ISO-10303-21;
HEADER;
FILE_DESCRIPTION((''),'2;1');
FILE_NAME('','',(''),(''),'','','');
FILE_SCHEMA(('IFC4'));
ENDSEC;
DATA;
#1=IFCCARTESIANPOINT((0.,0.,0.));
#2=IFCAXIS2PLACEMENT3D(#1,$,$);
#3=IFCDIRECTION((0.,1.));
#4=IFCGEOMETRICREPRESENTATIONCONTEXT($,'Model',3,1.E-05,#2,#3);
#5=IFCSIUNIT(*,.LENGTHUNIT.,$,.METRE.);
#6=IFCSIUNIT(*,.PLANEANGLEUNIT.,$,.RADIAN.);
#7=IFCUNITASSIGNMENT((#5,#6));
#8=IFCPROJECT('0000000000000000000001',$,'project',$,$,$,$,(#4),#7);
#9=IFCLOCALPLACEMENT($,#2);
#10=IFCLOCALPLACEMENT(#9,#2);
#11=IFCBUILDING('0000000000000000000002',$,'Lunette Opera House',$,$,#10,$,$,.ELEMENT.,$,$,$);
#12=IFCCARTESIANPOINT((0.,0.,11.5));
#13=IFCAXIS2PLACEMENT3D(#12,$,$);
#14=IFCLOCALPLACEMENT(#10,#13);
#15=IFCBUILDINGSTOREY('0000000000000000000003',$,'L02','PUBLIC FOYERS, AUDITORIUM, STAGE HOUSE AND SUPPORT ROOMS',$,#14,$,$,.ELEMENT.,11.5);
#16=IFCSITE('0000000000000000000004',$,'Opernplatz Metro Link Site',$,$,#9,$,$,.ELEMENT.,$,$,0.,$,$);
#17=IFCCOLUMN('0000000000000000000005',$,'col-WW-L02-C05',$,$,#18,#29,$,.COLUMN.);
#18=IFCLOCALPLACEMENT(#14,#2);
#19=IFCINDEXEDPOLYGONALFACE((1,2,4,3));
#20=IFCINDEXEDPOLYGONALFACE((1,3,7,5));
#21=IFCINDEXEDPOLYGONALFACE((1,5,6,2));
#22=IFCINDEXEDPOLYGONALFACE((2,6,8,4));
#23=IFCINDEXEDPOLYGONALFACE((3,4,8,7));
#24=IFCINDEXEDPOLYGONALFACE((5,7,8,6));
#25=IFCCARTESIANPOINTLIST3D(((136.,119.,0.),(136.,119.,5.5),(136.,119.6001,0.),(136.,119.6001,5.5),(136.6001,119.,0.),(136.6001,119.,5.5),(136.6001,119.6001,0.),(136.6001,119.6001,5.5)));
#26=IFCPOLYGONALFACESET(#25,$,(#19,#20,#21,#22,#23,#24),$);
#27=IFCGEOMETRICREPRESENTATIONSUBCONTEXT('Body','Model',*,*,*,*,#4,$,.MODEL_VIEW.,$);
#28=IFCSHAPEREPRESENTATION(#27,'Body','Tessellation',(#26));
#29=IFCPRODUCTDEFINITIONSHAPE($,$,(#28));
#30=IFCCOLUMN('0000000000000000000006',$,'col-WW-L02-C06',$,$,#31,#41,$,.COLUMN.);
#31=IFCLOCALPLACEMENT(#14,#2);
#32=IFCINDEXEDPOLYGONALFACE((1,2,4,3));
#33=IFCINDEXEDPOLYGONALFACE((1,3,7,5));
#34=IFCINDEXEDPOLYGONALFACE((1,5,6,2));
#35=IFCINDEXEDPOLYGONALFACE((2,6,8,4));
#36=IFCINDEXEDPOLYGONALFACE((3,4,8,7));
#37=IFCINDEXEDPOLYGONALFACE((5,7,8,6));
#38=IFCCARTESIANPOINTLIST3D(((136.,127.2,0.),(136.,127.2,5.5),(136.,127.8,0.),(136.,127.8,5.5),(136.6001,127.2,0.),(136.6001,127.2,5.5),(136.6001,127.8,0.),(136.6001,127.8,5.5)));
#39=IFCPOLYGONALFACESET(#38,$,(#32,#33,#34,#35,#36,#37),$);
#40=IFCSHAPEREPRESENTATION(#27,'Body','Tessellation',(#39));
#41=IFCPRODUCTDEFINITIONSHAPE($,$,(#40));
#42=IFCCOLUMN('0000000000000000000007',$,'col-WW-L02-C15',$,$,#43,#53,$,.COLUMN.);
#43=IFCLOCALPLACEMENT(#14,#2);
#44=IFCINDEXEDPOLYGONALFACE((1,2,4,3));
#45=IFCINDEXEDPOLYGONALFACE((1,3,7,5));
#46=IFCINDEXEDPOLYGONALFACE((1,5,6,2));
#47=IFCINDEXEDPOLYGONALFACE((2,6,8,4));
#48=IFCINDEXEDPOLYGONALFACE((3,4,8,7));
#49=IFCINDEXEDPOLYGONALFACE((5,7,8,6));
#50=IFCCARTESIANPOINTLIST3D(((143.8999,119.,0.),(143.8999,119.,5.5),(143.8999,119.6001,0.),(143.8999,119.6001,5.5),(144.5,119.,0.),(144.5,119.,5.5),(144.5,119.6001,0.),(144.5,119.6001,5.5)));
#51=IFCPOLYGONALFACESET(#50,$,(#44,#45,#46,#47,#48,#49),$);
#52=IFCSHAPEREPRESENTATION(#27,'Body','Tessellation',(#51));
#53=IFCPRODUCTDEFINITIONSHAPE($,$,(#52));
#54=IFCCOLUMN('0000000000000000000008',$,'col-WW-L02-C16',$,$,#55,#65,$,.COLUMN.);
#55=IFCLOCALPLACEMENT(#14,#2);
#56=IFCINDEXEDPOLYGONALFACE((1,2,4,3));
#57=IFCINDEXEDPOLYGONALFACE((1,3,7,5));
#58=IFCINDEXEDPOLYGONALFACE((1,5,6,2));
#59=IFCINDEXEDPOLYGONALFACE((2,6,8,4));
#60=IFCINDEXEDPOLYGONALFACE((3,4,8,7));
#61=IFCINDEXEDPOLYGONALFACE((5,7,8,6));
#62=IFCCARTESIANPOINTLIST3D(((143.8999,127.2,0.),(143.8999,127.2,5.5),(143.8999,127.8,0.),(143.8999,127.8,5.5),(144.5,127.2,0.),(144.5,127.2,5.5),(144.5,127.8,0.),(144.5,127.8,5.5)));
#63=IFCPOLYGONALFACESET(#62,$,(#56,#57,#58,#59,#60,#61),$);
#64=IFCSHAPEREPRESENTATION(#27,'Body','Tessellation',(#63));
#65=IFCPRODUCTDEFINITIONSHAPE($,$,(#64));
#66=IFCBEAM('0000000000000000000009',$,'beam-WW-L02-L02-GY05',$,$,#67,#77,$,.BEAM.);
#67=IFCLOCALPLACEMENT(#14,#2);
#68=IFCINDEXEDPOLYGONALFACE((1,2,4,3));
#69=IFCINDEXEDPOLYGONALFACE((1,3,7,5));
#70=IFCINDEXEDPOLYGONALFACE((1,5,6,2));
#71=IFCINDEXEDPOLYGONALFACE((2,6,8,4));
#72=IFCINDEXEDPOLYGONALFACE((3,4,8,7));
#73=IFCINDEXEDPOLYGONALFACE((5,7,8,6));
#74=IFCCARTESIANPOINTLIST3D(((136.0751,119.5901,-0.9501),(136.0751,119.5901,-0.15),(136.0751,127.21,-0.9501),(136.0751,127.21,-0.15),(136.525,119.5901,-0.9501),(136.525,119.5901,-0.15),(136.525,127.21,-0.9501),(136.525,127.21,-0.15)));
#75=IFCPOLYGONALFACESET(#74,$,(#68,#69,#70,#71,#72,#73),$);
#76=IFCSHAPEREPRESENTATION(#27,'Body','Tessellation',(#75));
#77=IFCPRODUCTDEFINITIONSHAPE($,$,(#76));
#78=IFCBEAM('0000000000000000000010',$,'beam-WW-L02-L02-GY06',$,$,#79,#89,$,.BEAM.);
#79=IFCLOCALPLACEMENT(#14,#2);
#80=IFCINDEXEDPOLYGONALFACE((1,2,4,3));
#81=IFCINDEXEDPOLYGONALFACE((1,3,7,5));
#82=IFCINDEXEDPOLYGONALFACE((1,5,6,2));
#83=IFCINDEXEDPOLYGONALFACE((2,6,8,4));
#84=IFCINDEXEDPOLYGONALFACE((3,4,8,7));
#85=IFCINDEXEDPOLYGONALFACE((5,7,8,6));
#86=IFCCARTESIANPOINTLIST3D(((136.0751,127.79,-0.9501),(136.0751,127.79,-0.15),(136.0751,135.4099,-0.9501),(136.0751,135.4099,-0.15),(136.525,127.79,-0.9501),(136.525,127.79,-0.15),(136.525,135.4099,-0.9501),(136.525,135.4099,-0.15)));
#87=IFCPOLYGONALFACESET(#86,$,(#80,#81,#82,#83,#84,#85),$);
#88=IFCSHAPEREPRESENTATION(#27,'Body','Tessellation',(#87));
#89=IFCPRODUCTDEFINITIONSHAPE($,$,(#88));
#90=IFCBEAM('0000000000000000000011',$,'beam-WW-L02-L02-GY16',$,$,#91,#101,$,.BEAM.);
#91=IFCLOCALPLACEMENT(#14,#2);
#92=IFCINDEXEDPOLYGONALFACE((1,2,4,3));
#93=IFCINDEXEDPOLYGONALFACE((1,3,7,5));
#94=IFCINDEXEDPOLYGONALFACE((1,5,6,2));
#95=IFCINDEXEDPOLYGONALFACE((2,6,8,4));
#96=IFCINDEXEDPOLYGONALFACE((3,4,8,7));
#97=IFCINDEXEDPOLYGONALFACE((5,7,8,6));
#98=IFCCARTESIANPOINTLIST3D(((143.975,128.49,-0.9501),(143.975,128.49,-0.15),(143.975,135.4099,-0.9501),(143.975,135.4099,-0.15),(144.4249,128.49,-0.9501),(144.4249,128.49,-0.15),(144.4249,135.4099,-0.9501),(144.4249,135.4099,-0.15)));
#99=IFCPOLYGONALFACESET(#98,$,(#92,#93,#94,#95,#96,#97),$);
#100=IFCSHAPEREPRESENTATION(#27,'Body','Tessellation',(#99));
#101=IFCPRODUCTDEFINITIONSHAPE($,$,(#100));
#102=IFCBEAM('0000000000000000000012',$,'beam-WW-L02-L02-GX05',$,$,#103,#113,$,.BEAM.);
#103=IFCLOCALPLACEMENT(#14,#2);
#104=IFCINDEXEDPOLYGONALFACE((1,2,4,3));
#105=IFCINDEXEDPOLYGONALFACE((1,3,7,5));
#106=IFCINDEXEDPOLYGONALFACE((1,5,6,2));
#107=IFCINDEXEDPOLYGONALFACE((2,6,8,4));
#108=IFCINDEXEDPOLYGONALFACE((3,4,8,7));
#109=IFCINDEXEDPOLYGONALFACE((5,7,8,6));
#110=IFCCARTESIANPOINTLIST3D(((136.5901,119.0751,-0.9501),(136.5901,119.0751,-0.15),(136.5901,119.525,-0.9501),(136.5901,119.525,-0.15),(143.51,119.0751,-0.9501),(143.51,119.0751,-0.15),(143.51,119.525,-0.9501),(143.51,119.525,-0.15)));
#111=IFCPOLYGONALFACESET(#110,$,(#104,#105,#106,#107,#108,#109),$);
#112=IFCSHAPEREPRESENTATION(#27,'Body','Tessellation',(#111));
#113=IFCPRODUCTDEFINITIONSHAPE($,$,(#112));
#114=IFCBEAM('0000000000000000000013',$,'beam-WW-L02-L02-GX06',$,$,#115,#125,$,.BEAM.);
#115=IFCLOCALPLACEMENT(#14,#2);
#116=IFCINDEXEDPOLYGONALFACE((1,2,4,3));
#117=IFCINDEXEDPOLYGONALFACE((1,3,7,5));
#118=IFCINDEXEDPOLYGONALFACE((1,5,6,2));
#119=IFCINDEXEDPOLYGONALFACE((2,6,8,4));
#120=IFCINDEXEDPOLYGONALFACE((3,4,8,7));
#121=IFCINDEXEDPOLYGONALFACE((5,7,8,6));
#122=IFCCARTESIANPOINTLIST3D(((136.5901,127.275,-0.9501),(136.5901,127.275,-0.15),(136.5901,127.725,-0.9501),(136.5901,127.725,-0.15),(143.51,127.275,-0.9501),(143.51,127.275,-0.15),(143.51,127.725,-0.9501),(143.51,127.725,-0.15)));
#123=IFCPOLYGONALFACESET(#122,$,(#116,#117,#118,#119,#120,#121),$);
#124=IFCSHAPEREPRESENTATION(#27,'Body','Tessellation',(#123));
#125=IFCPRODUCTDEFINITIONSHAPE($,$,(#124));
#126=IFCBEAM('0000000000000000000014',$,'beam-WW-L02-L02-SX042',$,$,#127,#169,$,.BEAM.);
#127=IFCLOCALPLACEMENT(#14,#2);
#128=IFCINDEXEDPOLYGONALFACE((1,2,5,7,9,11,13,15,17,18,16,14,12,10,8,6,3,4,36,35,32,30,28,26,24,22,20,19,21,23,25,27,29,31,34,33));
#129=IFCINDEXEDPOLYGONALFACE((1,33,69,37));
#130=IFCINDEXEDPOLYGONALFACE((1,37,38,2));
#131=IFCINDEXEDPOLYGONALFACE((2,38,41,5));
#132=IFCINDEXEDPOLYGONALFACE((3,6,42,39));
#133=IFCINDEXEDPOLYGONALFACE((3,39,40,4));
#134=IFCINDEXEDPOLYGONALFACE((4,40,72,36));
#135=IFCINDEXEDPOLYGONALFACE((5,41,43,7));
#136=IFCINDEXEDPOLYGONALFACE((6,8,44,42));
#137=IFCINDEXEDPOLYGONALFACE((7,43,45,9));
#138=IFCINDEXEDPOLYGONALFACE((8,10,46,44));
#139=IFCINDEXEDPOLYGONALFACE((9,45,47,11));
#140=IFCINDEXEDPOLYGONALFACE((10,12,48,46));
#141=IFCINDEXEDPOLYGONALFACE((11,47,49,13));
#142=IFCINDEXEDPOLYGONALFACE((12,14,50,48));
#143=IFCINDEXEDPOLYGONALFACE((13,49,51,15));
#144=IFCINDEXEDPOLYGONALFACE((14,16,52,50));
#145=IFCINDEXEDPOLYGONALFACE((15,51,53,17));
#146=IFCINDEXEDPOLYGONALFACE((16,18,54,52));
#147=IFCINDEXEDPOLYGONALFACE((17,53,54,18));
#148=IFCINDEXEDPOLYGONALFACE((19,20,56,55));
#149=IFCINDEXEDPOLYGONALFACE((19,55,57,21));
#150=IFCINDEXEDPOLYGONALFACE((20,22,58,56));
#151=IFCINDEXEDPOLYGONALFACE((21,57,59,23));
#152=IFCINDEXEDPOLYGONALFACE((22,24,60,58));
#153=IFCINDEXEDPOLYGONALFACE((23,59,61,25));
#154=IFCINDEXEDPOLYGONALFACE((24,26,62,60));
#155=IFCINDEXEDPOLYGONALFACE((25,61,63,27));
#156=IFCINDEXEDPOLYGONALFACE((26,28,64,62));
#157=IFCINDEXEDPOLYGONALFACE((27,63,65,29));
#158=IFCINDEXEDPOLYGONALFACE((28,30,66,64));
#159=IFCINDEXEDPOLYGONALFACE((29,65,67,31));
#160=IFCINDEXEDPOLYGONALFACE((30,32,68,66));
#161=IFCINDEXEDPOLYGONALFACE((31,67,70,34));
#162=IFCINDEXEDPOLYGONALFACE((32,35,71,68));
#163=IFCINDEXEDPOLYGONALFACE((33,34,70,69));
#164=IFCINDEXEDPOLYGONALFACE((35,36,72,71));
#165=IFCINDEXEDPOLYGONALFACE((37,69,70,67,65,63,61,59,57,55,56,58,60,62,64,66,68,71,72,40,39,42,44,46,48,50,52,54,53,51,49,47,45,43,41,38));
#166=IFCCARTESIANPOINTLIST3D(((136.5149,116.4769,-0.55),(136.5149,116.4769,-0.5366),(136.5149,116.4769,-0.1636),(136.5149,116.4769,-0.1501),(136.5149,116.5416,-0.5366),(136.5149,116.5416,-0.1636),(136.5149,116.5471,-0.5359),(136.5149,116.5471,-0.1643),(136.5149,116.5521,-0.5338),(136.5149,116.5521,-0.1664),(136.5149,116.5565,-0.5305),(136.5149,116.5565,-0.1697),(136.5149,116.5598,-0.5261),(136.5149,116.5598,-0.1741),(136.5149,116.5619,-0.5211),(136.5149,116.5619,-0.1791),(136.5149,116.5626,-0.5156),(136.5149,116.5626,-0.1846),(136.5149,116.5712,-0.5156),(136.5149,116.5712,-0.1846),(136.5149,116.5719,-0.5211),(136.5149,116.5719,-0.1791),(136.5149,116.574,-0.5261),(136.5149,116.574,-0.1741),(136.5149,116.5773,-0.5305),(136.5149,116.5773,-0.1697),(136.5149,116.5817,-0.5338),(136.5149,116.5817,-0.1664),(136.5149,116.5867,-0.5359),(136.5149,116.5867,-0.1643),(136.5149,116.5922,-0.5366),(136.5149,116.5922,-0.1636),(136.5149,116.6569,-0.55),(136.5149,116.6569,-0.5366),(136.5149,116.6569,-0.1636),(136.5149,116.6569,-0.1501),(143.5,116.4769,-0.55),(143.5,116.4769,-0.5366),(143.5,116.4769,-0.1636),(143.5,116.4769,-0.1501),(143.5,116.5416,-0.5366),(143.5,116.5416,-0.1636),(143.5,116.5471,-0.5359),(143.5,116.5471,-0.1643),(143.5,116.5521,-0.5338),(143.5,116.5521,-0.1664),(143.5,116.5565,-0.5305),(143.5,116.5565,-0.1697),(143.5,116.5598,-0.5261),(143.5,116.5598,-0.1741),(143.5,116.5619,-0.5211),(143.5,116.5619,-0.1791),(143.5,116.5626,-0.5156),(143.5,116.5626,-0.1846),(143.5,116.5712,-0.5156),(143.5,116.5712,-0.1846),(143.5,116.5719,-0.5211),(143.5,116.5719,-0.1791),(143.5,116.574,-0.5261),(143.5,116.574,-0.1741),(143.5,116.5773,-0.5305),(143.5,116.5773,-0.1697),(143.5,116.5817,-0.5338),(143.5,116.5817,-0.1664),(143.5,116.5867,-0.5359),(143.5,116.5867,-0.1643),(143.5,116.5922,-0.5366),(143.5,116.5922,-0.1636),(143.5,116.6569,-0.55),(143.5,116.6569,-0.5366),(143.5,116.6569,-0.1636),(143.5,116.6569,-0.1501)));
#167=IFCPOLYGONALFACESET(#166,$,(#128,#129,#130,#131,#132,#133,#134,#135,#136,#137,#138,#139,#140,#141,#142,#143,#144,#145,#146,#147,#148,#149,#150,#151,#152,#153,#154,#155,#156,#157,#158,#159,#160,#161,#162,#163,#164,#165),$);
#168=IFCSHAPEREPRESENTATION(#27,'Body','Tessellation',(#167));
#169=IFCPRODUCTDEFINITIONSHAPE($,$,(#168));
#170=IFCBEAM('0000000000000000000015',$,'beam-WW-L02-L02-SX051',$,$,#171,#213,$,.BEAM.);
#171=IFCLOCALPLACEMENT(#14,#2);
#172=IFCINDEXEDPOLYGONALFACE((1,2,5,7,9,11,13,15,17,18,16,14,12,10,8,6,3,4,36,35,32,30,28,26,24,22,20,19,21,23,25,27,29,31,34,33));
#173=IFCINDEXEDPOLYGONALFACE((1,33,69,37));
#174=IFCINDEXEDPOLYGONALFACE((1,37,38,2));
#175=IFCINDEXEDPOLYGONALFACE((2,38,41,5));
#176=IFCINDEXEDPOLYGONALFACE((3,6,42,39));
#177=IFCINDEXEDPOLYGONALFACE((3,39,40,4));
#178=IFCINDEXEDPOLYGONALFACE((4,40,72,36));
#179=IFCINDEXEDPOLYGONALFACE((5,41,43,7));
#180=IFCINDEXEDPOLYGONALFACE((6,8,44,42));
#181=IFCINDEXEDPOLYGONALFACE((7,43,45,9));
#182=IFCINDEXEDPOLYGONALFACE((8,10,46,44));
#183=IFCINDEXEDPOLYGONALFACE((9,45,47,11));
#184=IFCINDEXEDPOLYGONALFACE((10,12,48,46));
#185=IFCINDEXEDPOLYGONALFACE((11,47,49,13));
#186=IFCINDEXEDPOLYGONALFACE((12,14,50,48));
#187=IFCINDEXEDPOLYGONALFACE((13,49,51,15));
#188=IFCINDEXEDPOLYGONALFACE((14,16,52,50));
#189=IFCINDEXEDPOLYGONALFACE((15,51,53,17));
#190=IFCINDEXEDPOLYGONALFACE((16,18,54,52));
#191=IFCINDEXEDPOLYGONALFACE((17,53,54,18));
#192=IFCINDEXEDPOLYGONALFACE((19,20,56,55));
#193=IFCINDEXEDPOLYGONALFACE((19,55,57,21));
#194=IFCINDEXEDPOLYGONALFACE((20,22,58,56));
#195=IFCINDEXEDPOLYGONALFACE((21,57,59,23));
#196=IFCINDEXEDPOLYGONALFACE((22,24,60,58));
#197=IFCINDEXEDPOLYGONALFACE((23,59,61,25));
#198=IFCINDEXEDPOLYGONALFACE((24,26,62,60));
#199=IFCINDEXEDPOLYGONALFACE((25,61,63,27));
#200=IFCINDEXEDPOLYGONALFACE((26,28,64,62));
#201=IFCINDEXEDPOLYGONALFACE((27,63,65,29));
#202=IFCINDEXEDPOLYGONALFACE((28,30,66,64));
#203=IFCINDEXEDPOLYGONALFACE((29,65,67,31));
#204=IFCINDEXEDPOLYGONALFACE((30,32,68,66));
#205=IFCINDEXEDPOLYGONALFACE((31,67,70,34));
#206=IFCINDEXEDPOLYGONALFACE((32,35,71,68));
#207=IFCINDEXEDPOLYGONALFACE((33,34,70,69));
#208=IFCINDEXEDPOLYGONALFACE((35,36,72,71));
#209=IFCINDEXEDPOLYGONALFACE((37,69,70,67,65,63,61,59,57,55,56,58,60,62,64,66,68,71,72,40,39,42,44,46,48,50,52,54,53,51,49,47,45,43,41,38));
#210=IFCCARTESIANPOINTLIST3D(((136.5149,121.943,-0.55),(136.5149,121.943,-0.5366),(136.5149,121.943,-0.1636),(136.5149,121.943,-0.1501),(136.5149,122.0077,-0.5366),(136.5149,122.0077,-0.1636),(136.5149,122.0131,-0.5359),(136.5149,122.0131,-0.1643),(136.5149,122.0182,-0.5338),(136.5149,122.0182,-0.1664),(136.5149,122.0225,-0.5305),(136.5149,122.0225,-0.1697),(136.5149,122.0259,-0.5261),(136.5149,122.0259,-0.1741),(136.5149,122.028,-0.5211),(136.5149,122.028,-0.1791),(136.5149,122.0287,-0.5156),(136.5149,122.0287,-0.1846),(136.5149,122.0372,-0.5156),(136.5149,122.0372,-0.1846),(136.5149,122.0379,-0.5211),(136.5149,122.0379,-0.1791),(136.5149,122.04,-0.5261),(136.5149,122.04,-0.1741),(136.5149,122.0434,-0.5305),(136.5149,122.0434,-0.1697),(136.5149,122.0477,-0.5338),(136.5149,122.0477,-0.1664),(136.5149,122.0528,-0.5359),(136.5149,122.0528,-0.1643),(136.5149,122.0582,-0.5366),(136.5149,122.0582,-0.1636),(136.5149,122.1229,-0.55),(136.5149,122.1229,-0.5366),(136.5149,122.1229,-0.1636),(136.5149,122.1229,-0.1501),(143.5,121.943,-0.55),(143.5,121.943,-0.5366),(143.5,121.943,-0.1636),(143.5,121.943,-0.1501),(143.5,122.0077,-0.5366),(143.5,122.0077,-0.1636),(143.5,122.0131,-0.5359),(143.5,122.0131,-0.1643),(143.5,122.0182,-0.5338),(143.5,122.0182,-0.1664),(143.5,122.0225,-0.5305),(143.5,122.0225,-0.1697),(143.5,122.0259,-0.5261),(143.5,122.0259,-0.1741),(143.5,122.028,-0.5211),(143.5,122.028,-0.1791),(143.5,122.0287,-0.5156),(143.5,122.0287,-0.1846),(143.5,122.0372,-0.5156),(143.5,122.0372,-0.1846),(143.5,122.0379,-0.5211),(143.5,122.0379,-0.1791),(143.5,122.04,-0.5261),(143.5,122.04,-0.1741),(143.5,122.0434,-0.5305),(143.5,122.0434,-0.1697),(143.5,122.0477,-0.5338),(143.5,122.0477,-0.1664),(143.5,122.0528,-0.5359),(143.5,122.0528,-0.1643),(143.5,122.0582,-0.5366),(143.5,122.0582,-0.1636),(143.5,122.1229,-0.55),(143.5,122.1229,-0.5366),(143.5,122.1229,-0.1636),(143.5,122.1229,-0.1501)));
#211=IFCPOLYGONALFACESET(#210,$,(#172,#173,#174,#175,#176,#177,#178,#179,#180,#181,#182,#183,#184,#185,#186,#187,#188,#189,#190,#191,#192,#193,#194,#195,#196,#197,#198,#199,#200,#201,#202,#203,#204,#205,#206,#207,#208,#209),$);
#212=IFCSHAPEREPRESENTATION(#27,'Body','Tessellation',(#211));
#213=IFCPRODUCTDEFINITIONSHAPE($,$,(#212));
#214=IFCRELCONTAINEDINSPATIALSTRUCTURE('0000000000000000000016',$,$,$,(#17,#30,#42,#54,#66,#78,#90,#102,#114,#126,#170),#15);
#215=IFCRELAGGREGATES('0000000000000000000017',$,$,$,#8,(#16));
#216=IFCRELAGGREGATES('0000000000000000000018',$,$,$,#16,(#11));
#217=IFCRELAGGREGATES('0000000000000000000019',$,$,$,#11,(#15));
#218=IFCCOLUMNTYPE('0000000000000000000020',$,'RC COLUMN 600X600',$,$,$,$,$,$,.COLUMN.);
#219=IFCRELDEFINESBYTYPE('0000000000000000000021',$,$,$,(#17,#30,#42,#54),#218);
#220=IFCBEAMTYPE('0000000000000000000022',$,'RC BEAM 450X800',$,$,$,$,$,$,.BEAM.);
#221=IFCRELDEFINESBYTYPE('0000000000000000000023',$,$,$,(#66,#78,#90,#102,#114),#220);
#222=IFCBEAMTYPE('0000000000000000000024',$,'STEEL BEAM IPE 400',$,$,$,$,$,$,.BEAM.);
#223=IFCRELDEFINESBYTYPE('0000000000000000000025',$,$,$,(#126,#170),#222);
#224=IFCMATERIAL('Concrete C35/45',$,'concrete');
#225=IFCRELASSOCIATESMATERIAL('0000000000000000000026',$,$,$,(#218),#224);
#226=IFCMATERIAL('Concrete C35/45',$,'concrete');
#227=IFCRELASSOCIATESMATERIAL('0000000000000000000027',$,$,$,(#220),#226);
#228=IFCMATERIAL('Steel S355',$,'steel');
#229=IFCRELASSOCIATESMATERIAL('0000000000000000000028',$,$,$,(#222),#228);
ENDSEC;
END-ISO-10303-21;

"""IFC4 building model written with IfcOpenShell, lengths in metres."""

from ifc_helpers import new_model, si_unit, direction, frame, origin, origin_2d, place, context, subcontext, project, spatial, rectangle, i_section, extrude, material, material_profile, profile_set, type_object, element, save


model = new_model("IFC4")

# Units and contexts
model_context = context("Model", 3, precision=1e-05, world=origin(), true_north=direction((0.0, 1.0)))
body_context = subcontext(model_context, "Body", "Model", "MODEL_VIEW")
ifc_project = project(units=[si_unit("LENGTHUNIT", "METRE"), si_unit("PLANEANGLEUNIT", "RADIAN")], contexts=[model_context])

# Site, building, storey
site_placement = place(None, origin())
site = spatial("IfcSite", under=ifc_project, at=site_placement, Name="Opernplatz Metro Link Site", CompositionType="ELEMENT", RefElevation=0.0)
building_placement = place(site_placement, origin())
building = spatial("IfcBuilding", under=site, at=building_placement, Name="Lunette Opera House", CompositionType="ELEMENT")
storey_placement = place(building_placement, frame((0.0, 0.0, 11.5)))
storey = spatial("IfcBuildingStorey", under=building, at=storey_placement, Name="L02", Description="PUBLIC FOYERS, AUDITORIUM, STAGE HOUSE AND SUPPORT ROOMS", CompositionType="ELEMENT", Elevation=11.5)

# Columns
ifc_material_1 = material(Name="Concrete C35/45", Category="concrete")
ifc_material_profile_1 = material_profile(ifc_material_1, rectangle(XDim=0.6001, YDim=0.6001, at=origin_2d()), Name="RC COLUMN 600X600")
ifc_profile_set_1 = profile_set([ifc_material_profile_1], Name="Concrete C35/45")
column_type = type_object("IfcColumnType", Name="RC COLUMN 600X600", PredefinedType="COLUMN", material=ifc_profile_set_1)
for number, where, z_axis, x_axis, name in (
    (1, (136.3, 119.3, 0.0), (0.0, 0.0, 1.0), (1.0, 0.0, 0.0), "col-WW-L02-C05"),
    (2, (136.3, 127.5, 0.0), (0.0, 0.0, 1.0), (1.0, 0.0, 0.0), "col-WW-L02-C06"),
    (3, (144.2, 119.3, 0.0), (0.0, 0.0, 1.0), (1.0, 0.0, 0.0), "col-WW-L02-C15"),
    (4, (144.2, 127.5, 0.0), (0.0, 0.0, 1.0), (1.0, 0.0, 0.0), "col-WW-L02-C16"),
):
    element("IfcColumn", number, at=place(storey_placement, frame(where, z_axis=z_axis, x_axis=x_axis)), inside=storey, type_object=column_type, Name=name, PredefinedType="COLUMN", context=body_context, shape_type="SweptSolid", body=[
        extrude(rectangle(XDim=0.6001, YDim=0.6001, at=origin_2d()), origin(), (0.0, 0.0, 1.0), 5.5),
    ])

# Beams
ifc_material_2 = material(Name="Concrete C35/45", Category="concrete")
ifc_material_profile_2 = material_profile(ifc_material_2, rectangle(XDim=0.45, YDim=0.8, at=origin_2d()), Name="RC BEAM 450X800")
ifc_profile_set_2 = profile_set([ifc_material_profile_2], Name="Concrete C35/45")
beam_type_1 = type_object("IfcBeamType", Name="RC BEAM 450X800", PredefinedType="BEAM", material=ifc_profile_set_2)
for number, where, z_axis, x_axis, name in (
    (5, (136.3, 119.5901, -0.55), (0.0, 1.0, 0.0), (-1.0, 0.0, 0.0), "beam-WW-L02-L02-GY05"),
    (6, (136.3, 127.79, -0.55), (0.0, 1.0, 0.0), (-1.0, 0.0, 0.0), "beam-WW-L02-L02-GY06"),
):
    element("IfcBeam", number, at=place(storey_placement, frame(where, z_axis=z_axis, x_axis=x_axis)), inside=storey, type_object=beam_type_1, Name=name, PredefinedType="BEAM", context=body_context, shape_type="SweptSolid", body=[
        extrude(rectangle(XDim=0.45, YDim=0.8, at=origin_2d()), origin(), (0.0, 0.0, 1.0), 7.6199),
    ])
for number, where, z_axis, x_axis, name in (
    (7, (144.2, 128.49, -0.55), (0.0, 1.0, 0.0), (-1.0, 0.0, 0.0), "beam-WW-L02-L02-GY16"),
    (8, (136.5901, 119.3, -0.55), (1.0, 0.0, 0.0), (0.0, 1.0, 0.0), "beam-WW-L02-L02-GX05"),
    (9, (136.5901, 127.5, -0.55), (1.0, 0.0, 0.0), (0.0, 1.0, 0.0), "beam-WW-L02-L02-GX06"),
):
    element("IfcBeam", number, at=place(storey_placement, frame(where, z_axis=z_axis, x_axis=x_axis)), inside=storey, type_object=beam_type_1, Name=name, PredefinedType="BEAM", context=body_context, shape_type="SweptSolid", body=[
        extrude(rectangle(XDim=0.45, YDim=0.8, at=origin_2d()), origin(), (0.0, 0.0, 1.0), 6.9199),
    ])
ifc_material_3 = material(Name="Steel S355", Category="steel")
ifc_material_profile_3 = material_profile(ifc_material_3, i_section(OverallWidth=0.1799, OverallDepth=0.3999, WebThickness=0.0085, FlangeThickness=0.0134, FilletRadius=0.021, at=origin_2d()), Name="IPE 400")
ifc_profile_set_3 = profile_set([ifc_material_profile_3], Name="Steel S355")
beam_type_2 = type_object("IfcBeamType", Name="STEEL BEAM IPE 400", PredefinedType="BEAM", material=ifc_profile_set_3)
for number, where, z_axis, x_axis, name in (
    (10, (136.5149, 116.5669, -0.3501), (1.0, 0.0, 0.0), (0.0, 1.0, 0.0), "beam-WW-L02-L02-SX042"),
    (11, (136.5149, 122.033, -0.3501), (1.0, 0.0, 0.0), (0.0, 1.0, 0.0), "beam-WW-L02-L02-SX051"),
):
    element("IfcBeam", number, at=place(storey_placement, frame(where, z_axis=z_axis, x_axis=x_axis)), inside=storey, type_object=beam_type_2, Name=name, PredefinedType="BEAM", context=body_context, shape_type="SweptSolid", body=[
        extrude(i_section(OverallWidth=0.1799, OverallDepth=0.3999, WebThickness=0.0085, FlangeThickness=0.0134, FilletRadius=0.021, at=origin_2d()), origin(), (0.0, 0.0, 1.0), 6.9851),
    ])

save(model, "model.ifc")
